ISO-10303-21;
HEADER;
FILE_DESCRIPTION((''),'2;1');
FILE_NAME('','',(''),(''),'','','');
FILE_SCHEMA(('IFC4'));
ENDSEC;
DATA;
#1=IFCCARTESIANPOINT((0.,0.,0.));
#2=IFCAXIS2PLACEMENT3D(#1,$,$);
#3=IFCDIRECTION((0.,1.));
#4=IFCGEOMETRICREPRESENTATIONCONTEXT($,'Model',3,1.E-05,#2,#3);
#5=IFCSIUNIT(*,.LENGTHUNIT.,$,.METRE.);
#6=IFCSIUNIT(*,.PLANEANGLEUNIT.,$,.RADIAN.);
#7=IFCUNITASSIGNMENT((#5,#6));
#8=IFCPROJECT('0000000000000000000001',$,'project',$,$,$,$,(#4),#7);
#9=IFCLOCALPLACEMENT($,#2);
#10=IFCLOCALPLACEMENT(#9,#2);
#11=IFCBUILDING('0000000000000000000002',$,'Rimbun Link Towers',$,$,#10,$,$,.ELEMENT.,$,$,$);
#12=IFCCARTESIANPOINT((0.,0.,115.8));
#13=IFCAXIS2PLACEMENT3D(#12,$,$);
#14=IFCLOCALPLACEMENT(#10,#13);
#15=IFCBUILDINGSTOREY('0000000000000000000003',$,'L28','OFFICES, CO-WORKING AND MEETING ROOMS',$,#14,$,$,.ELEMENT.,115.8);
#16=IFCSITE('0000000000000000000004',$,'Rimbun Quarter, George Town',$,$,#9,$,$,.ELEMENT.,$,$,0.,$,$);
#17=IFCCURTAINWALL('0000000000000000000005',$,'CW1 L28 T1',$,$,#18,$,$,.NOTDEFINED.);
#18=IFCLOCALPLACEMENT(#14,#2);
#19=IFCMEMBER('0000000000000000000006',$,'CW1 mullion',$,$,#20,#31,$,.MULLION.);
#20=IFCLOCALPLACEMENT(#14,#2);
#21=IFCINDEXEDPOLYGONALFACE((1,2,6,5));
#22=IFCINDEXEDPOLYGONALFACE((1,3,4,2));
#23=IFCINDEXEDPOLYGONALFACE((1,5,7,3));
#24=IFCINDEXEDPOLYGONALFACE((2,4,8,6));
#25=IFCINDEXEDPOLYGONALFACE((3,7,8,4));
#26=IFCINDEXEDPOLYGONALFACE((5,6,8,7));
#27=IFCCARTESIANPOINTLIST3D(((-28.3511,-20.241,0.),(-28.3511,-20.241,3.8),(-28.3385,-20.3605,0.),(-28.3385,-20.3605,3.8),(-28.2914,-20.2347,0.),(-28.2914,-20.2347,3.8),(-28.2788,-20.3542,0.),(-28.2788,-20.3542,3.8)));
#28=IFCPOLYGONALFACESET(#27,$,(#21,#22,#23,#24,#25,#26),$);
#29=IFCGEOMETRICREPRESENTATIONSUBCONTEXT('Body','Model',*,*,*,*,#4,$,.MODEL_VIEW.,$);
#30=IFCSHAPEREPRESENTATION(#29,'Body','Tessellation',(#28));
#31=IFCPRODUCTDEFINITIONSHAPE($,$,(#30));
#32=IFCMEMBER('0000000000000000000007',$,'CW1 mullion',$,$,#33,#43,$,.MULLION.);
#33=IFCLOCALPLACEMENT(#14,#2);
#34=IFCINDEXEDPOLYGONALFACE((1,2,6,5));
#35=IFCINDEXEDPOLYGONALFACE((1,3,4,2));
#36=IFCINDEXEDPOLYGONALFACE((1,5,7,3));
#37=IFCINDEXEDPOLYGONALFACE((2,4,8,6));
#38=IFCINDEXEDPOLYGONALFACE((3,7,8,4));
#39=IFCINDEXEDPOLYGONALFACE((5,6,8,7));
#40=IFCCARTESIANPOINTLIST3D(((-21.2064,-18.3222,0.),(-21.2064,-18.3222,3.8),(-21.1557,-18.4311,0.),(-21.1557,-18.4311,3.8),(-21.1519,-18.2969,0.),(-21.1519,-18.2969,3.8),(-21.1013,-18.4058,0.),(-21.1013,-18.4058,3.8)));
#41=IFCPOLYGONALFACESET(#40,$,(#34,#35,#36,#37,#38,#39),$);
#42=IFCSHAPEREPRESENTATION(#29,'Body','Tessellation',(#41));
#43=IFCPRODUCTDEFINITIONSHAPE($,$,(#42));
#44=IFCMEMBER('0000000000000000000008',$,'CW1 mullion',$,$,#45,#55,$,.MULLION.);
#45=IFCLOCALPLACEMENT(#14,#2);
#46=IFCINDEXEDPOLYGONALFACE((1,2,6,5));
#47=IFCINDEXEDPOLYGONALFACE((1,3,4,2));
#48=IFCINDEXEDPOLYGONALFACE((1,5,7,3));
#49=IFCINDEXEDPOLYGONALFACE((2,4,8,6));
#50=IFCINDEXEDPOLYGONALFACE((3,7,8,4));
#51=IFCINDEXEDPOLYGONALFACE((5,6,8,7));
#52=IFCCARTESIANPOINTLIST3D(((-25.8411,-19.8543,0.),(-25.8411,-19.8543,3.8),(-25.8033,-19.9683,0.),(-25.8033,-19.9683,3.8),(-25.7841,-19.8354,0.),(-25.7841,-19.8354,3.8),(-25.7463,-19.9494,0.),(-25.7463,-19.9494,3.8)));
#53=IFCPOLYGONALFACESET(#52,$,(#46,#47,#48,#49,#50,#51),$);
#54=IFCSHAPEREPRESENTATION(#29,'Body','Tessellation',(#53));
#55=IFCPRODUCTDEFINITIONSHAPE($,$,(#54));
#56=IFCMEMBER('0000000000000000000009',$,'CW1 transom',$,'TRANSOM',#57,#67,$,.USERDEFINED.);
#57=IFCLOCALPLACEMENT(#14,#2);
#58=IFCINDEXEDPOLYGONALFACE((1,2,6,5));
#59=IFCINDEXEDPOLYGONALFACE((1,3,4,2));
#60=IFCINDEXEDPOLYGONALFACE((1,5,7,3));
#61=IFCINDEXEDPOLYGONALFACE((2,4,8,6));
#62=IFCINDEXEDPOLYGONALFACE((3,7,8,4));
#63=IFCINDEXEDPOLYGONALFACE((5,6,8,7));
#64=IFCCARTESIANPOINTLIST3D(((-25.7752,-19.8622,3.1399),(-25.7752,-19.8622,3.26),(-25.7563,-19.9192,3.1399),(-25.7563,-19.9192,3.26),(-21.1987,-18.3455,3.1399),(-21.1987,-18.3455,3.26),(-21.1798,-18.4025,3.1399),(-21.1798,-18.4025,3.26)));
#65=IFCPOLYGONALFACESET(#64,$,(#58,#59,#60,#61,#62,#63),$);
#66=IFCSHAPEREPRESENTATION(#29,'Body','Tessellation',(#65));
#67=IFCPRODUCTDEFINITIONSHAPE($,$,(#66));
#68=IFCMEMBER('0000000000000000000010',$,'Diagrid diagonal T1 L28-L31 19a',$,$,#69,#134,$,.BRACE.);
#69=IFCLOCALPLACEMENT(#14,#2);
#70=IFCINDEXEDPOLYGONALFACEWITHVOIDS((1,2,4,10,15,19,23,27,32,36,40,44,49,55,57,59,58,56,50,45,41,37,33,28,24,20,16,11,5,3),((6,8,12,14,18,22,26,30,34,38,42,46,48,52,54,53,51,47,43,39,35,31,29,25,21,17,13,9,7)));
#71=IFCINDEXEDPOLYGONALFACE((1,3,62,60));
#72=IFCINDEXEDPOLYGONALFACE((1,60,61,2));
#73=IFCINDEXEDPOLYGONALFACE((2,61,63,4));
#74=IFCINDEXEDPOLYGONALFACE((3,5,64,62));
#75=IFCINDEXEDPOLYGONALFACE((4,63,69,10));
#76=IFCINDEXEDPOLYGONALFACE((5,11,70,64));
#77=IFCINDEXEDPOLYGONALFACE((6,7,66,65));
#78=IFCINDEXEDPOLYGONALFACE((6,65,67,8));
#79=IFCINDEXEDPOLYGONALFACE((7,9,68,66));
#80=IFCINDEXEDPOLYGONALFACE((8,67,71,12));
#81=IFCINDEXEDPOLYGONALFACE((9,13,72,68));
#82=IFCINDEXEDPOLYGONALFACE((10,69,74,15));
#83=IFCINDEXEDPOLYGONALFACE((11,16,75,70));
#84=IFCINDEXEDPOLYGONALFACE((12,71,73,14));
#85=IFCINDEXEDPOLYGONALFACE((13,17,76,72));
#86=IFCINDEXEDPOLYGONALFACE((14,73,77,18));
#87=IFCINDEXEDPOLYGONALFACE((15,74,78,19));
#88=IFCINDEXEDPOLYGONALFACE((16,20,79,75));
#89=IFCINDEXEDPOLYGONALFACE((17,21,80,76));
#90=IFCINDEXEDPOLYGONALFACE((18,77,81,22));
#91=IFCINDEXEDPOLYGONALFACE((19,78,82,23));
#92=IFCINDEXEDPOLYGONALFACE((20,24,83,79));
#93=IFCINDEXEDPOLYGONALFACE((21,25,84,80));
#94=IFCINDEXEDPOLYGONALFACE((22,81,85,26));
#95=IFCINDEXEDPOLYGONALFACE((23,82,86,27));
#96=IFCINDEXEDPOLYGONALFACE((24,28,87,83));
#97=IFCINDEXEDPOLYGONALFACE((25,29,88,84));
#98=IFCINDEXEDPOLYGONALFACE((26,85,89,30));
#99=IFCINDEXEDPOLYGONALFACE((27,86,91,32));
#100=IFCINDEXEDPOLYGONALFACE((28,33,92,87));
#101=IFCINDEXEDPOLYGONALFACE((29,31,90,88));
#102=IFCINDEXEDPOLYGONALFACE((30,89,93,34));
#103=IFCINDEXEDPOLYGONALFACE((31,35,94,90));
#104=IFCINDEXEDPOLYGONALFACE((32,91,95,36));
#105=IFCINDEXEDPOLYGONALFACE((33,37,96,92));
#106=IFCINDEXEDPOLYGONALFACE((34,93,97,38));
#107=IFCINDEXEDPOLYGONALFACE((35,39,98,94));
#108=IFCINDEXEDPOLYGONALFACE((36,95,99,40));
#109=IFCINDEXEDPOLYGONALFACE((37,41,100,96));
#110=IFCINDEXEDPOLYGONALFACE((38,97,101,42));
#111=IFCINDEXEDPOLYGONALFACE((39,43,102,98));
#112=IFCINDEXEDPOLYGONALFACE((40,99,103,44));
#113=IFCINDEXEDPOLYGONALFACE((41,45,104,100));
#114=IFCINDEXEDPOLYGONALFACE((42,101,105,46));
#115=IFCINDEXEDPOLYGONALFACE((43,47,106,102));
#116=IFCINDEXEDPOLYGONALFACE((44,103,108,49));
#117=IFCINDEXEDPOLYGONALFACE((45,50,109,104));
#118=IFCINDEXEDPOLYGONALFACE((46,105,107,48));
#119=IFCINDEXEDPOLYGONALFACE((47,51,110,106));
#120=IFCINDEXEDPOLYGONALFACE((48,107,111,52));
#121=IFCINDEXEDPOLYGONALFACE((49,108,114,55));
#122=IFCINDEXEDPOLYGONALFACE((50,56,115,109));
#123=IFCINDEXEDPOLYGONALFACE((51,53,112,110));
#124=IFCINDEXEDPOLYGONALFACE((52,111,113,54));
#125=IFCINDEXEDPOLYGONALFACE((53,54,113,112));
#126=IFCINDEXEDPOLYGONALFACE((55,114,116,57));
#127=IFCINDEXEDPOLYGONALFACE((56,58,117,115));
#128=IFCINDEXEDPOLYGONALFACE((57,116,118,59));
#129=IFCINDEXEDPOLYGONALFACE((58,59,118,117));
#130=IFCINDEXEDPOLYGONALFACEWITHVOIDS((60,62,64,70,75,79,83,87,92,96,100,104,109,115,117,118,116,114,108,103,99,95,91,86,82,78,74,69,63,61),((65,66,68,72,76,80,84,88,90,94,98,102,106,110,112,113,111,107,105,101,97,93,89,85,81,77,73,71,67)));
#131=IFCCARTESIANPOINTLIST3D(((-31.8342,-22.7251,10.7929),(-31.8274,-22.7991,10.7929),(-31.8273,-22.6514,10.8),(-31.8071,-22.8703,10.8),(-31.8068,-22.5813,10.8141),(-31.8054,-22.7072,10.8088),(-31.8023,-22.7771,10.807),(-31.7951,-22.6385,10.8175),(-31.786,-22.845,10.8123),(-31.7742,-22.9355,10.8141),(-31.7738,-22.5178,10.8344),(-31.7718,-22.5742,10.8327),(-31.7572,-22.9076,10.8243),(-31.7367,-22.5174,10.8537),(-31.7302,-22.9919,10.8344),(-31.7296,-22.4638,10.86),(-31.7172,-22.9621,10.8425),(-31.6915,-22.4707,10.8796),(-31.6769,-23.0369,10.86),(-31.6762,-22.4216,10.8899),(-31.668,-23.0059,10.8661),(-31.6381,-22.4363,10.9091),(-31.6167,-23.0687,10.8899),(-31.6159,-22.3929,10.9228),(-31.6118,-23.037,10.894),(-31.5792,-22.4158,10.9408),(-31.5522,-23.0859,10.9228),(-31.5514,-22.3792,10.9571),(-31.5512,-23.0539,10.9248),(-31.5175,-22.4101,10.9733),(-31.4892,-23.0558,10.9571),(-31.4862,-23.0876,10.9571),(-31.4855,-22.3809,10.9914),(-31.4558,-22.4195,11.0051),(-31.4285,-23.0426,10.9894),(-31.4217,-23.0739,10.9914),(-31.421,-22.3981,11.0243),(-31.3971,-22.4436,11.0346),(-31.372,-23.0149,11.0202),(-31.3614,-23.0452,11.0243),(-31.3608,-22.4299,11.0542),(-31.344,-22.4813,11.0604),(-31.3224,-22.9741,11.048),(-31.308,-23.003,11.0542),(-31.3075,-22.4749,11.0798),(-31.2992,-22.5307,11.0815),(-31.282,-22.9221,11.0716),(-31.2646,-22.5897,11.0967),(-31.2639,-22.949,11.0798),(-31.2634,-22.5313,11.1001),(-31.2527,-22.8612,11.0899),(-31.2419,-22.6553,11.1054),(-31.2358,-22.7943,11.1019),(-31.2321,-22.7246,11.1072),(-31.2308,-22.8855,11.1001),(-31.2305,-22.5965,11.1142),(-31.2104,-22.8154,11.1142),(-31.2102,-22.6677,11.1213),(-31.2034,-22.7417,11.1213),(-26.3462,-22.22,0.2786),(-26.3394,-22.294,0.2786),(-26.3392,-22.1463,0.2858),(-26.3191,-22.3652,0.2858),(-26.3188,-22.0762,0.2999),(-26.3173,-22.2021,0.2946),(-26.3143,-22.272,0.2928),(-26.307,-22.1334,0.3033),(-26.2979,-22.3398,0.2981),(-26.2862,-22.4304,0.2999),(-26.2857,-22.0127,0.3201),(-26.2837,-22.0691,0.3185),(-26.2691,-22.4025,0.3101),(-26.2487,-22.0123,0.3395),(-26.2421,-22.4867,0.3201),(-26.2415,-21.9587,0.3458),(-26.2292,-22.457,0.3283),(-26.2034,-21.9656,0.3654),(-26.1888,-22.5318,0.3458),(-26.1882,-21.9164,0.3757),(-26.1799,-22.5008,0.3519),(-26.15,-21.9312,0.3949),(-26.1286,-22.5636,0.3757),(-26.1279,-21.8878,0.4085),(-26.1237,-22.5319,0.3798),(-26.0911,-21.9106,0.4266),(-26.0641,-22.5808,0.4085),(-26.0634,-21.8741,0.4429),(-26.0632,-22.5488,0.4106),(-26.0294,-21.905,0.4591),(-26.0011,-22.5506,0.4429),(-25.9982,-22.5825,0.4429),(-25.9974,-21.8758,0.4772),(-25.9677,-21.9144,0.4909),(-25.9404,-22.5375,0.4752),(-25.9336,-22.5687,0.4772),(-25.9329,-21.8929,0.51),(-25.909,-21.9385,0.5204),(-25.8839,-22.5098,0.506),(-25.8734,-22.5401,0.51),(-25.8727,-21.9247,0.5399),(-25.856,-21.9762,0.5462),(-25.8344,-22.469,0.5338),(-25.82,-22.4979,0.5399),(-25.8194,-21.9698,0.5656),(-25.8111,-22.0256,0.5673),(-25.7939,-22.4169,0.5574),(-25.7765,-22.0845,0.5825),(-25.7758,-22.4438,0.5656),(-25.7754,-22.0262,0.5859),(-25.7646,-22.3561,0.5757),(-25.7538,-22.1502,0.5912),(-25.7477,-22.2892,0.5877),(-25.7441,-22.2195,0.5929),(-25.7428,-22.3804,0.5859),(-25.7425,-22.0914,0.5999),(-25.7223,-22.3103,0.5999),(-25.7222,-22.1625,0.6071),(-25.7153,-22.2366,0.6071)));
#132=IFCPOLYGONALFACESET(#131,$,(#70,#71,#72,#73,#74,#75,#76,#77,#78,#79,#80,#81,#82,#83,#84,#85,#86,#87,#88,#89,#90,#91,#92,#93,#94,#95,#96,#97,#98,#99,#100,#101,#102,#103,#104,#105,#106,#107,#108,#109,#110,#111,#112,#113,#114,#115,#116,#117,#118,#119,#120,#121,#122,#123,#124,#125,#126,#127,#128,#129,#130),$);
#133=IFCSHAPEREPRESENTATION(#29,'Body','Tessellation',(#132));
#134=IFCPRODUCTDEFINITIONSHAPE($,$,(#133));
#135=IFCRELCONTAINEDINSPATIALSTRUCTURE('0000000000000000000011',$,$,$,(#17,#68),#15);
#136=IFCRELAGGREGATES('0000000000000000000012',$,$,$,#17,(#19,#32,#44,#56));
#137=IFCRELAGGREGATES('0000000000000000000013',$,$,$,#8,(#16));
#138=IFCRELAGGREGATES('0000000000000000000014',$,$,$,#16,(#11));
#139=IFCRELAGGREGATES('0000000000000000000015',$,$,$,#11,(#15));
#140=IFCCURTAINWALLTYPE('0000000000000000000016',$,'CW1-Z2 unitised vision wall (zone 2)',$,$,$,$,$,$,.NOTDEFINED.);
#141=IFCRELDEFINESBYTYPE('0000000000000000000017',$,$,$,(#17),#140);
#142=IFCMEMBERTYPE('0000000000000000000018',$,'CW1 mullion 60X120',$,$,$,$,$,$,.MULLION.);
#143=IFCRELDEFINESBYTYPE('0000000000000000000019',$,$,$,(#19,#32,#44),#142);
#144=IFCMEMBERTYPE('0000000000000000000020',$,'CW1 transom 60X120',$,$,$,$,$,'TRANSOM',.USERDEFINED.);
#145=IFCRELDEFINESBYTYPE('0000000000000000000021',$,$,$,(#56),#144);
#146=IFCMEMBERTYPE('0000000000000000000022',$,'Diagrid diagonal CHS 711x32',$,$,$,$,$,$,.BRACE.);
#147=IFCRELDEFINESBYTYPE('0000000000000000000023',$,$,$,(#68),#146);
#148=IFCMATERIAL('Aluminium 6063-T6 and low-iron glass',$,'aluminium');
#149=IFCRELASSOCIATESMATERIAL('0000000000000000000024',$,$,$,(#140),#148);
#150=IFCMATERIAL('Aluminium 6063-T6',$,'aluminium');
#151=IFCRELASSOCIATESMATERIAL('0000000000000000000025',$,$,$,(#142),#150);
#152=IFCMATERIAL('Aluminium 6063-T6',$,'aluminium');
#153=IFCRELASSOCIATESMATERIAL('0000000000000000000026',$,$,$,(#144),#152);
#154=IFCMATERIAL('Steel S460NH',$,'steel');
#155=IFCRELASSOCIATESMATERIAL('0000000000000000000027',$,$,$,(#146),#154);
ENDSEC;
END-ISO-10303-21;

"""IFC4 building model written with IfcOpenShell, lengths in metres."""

from ifc_helpers import new_model, si_unit, direction, frame, origin, origin_2d, place, context, subcontext, project, spatial, rectangle, hollow_circle, extrude, material, material_profile, profile_set, type_object, element, aggregate, save


model = new_model("IFC4")

# Units and contexts
model_context = context("Model", 3, precision=1e-05, world=origin(), true_north=direction((0.0, 1.0)))
body_context = subcontext(model_context, "Body", "Model", "MODEL_VIEW")
ifc_project = project(units=[si_unit("LENGTHUNIT", "METRE"), si_unit("PLANEANGLEUNIT", "RADIAN")], contexts=[model_context])

# Site, building, storey
site_placement = place(None, origin())
site = spatial("IfcSite", under=ifc_project, at=site_placement, Name="Rimbun Quarter, George Town", CompositionType="ELEMENT", RefElevation=0.0)
building_placement = place(site_placement, origin())
building = spatial("IfcBuilding", under=site, at=building_placement, Name="Rimbun Link Towers", CompositionType="ELEMENT")
storey_placement = place(building_placement, frame((0.0, 0.0, 115.8)))
storey = spatial("IfcBuildingStorey", under=building, at=storey_placement, Name="L28", Description="OFFICES, CO-WORKING AND MEETING ROOMS", CompositionType="ELEMENT", Elevation=115.8)

# Curtain wall, members
ifc_material_1 = material(Name="Aluminium 6063-T6 and low-iron glass", Category="aluminium")
curtain_wall_type = type_object("IfcCurtainWallType", Name="CW1-Z2 unitised vision wall (zone 2)", PredefinedType="NOTDEFINED", material=ifc_material_1)
curtain_wall_placement = place(storey_placement, origin())
curtain_wall = element("IfcCurtainWall", 1, at=curtain_wall_placement, inside=storey, type_object=curtain_wall_type, Name="CW1 L28 T1", PredefinedType="NOTDEFINED")
ifc_material_2 = material(Name="Aluminium 6063-T6", Category="aluminium")
ifc_material_profile_1 = material_profile(ifc_material_2, rectangle(XDim=0.1201, YDim=0.0601, at=origin_2d()), Name="MULLION 60X120")
ifc_profile_set_1 = profile_set([ifc_material_profile_1], Name="Aluminium 6063-T6")
member_type_1 = type_object("IfcMemberType", Name="CW1 mullion 60X120", PredefinedType="MULLION", material=ifc_profile_set_1)
member_1_placement = place(storey_placement, frame((-28.3149, -20.2976, 0.0), z_axis=(0.0, 0.0, 1.0), x_axis=(0.104748, -0.994499, 0.0)))
member_1 = element("IfcMember", 2, at=member_1_placement, type_object=member_type_1, Name="CW1 mullion", PredefinedType="MULLION", context=body_context, shape_type="SweptSolid", body=[
    extrude(rectangle(XDim=0.1201, YDim=0.0601, at=origin_2d()), origin(), (0.0, 0.0, 1.0), 3.8),
])
member_2_placement = place(storey_placement, frame((-21.1538, -18.364, 0.0), z_axis=(0.0, 0.0, 1.0), x_axis=(0.421705, -0.906733, 0.0)))
member_2 = element("IfcMember", 3, at=member_2_placement, type_object=member_type_1, Name="CW1 mullion", PredefinedType="MULLION", context=body_context, shape_type="SweptSolid", body=[
    extrude(rectangle(XDim=0.1201, YDim=0.0601, at=origin_2d()), origin(), (0.0, 0.0, 1.0), 3.8),
])
member_3_placement = place(storey_placement, frame((-25.7937, -19.9019, 0.0), z_axis=(0.0, 0.0, 1.0), x_axis=(0.314563, -0.949236, 0.0)))
member_3 = element("IfcMember", 4, at=member_3_placement, type_object=member_type_1, Name="CW1 mullion", PredefinedType="MULLION", context=body_context, shape_type="SweptSolid", body=[
    extrude(rectangle(XDim=0.1201, YDim=0.0601, at=origin_2d()), origin(), (0.0, 0.0, 1.0), 3.8),
])
ifc_material_3 = material(Name="Aluminium 6063-T6", Category="aluminium")
ifc_material_profile_2 = material_profile(ifc_material_3, rectangle(XDim=0.0601, YDim=0.1201, at=origin_2d()), Name="TRANSOM 60X120")
ifc_profile_set_2 = profile_set([ifc_material_profile_2], Name="Aluminium 6063-T6")
member_type_2 = type_object("IfcMemberType", Name="CW1 transom 60X120", ElementType="TRANSOM", PredefinedType="USERDEFINED", material=ifc_profile_set_2)
member_4_placement = place(storey_placement, frame((-21.1892, -18.374, 3.2), z_axis=(-0.949234, -0.314571, 0.0), x_axis=(0.314571, -0.949234, 0.0)))
member_4 = element("IfcMember", 5, at=member_4_placement, type_object=member_type_2, Name="CW1 transom", ObjectType="TRANSOM", PredefinedType="USERDEFINED", context=body_context, shape_type="SweptSolid", body=[
    extrude(rectangle(XDim=0.0601, YDim=0.1201, at=origin_2d()), origin(), (0.0, 0.0, 1.0), 4.8213),
])

# Member
ifc_material_4 = material(Name="Steel S460NH", Category="steel")
ifc_material_profile_3 = material_profile(ifc_material_4, hollow_circle(Radius=0.3557, WallThickness=0.032, at=origin_2d()), Name="Diagrid diagonal CHS 711x32")
ifc_profile_set_3 = profile_set([ifc_material_profile_3], Name="Steel S460NH")
member_type_3 = type_object("IfcMemberType", Name="Diagrid diagonal CHS 711x32", PredefinedType="BRACE", material=ifc_profile_set_3)
member_5_placement = place(storey_placement, frame((-26.0308, -22.2283, 0.4429), z_axis=(-0.462305, -0.042551, 0.885699), x_axis=(0.091654, -0.995791, 0.0)))
element("IfcMember", 6, at=member_5_placement, inside=storey, type_object=member_type_3, Name="Diagrid diagonal T1 L28-L31 19a", PredefinedType="BRACE", context=body_context, shape_type="SweptSolid", body=[
    extrude(hollow_circle(Radius=0.3557, WallThickness=0.032, at=origin_2d()), origin(), (0.0, 0.0, 1.0), 11.8711),
])

aggregate(curtain_wall, [member_1, member_2, member_3, member_4])

save(model, "model.ifc")
